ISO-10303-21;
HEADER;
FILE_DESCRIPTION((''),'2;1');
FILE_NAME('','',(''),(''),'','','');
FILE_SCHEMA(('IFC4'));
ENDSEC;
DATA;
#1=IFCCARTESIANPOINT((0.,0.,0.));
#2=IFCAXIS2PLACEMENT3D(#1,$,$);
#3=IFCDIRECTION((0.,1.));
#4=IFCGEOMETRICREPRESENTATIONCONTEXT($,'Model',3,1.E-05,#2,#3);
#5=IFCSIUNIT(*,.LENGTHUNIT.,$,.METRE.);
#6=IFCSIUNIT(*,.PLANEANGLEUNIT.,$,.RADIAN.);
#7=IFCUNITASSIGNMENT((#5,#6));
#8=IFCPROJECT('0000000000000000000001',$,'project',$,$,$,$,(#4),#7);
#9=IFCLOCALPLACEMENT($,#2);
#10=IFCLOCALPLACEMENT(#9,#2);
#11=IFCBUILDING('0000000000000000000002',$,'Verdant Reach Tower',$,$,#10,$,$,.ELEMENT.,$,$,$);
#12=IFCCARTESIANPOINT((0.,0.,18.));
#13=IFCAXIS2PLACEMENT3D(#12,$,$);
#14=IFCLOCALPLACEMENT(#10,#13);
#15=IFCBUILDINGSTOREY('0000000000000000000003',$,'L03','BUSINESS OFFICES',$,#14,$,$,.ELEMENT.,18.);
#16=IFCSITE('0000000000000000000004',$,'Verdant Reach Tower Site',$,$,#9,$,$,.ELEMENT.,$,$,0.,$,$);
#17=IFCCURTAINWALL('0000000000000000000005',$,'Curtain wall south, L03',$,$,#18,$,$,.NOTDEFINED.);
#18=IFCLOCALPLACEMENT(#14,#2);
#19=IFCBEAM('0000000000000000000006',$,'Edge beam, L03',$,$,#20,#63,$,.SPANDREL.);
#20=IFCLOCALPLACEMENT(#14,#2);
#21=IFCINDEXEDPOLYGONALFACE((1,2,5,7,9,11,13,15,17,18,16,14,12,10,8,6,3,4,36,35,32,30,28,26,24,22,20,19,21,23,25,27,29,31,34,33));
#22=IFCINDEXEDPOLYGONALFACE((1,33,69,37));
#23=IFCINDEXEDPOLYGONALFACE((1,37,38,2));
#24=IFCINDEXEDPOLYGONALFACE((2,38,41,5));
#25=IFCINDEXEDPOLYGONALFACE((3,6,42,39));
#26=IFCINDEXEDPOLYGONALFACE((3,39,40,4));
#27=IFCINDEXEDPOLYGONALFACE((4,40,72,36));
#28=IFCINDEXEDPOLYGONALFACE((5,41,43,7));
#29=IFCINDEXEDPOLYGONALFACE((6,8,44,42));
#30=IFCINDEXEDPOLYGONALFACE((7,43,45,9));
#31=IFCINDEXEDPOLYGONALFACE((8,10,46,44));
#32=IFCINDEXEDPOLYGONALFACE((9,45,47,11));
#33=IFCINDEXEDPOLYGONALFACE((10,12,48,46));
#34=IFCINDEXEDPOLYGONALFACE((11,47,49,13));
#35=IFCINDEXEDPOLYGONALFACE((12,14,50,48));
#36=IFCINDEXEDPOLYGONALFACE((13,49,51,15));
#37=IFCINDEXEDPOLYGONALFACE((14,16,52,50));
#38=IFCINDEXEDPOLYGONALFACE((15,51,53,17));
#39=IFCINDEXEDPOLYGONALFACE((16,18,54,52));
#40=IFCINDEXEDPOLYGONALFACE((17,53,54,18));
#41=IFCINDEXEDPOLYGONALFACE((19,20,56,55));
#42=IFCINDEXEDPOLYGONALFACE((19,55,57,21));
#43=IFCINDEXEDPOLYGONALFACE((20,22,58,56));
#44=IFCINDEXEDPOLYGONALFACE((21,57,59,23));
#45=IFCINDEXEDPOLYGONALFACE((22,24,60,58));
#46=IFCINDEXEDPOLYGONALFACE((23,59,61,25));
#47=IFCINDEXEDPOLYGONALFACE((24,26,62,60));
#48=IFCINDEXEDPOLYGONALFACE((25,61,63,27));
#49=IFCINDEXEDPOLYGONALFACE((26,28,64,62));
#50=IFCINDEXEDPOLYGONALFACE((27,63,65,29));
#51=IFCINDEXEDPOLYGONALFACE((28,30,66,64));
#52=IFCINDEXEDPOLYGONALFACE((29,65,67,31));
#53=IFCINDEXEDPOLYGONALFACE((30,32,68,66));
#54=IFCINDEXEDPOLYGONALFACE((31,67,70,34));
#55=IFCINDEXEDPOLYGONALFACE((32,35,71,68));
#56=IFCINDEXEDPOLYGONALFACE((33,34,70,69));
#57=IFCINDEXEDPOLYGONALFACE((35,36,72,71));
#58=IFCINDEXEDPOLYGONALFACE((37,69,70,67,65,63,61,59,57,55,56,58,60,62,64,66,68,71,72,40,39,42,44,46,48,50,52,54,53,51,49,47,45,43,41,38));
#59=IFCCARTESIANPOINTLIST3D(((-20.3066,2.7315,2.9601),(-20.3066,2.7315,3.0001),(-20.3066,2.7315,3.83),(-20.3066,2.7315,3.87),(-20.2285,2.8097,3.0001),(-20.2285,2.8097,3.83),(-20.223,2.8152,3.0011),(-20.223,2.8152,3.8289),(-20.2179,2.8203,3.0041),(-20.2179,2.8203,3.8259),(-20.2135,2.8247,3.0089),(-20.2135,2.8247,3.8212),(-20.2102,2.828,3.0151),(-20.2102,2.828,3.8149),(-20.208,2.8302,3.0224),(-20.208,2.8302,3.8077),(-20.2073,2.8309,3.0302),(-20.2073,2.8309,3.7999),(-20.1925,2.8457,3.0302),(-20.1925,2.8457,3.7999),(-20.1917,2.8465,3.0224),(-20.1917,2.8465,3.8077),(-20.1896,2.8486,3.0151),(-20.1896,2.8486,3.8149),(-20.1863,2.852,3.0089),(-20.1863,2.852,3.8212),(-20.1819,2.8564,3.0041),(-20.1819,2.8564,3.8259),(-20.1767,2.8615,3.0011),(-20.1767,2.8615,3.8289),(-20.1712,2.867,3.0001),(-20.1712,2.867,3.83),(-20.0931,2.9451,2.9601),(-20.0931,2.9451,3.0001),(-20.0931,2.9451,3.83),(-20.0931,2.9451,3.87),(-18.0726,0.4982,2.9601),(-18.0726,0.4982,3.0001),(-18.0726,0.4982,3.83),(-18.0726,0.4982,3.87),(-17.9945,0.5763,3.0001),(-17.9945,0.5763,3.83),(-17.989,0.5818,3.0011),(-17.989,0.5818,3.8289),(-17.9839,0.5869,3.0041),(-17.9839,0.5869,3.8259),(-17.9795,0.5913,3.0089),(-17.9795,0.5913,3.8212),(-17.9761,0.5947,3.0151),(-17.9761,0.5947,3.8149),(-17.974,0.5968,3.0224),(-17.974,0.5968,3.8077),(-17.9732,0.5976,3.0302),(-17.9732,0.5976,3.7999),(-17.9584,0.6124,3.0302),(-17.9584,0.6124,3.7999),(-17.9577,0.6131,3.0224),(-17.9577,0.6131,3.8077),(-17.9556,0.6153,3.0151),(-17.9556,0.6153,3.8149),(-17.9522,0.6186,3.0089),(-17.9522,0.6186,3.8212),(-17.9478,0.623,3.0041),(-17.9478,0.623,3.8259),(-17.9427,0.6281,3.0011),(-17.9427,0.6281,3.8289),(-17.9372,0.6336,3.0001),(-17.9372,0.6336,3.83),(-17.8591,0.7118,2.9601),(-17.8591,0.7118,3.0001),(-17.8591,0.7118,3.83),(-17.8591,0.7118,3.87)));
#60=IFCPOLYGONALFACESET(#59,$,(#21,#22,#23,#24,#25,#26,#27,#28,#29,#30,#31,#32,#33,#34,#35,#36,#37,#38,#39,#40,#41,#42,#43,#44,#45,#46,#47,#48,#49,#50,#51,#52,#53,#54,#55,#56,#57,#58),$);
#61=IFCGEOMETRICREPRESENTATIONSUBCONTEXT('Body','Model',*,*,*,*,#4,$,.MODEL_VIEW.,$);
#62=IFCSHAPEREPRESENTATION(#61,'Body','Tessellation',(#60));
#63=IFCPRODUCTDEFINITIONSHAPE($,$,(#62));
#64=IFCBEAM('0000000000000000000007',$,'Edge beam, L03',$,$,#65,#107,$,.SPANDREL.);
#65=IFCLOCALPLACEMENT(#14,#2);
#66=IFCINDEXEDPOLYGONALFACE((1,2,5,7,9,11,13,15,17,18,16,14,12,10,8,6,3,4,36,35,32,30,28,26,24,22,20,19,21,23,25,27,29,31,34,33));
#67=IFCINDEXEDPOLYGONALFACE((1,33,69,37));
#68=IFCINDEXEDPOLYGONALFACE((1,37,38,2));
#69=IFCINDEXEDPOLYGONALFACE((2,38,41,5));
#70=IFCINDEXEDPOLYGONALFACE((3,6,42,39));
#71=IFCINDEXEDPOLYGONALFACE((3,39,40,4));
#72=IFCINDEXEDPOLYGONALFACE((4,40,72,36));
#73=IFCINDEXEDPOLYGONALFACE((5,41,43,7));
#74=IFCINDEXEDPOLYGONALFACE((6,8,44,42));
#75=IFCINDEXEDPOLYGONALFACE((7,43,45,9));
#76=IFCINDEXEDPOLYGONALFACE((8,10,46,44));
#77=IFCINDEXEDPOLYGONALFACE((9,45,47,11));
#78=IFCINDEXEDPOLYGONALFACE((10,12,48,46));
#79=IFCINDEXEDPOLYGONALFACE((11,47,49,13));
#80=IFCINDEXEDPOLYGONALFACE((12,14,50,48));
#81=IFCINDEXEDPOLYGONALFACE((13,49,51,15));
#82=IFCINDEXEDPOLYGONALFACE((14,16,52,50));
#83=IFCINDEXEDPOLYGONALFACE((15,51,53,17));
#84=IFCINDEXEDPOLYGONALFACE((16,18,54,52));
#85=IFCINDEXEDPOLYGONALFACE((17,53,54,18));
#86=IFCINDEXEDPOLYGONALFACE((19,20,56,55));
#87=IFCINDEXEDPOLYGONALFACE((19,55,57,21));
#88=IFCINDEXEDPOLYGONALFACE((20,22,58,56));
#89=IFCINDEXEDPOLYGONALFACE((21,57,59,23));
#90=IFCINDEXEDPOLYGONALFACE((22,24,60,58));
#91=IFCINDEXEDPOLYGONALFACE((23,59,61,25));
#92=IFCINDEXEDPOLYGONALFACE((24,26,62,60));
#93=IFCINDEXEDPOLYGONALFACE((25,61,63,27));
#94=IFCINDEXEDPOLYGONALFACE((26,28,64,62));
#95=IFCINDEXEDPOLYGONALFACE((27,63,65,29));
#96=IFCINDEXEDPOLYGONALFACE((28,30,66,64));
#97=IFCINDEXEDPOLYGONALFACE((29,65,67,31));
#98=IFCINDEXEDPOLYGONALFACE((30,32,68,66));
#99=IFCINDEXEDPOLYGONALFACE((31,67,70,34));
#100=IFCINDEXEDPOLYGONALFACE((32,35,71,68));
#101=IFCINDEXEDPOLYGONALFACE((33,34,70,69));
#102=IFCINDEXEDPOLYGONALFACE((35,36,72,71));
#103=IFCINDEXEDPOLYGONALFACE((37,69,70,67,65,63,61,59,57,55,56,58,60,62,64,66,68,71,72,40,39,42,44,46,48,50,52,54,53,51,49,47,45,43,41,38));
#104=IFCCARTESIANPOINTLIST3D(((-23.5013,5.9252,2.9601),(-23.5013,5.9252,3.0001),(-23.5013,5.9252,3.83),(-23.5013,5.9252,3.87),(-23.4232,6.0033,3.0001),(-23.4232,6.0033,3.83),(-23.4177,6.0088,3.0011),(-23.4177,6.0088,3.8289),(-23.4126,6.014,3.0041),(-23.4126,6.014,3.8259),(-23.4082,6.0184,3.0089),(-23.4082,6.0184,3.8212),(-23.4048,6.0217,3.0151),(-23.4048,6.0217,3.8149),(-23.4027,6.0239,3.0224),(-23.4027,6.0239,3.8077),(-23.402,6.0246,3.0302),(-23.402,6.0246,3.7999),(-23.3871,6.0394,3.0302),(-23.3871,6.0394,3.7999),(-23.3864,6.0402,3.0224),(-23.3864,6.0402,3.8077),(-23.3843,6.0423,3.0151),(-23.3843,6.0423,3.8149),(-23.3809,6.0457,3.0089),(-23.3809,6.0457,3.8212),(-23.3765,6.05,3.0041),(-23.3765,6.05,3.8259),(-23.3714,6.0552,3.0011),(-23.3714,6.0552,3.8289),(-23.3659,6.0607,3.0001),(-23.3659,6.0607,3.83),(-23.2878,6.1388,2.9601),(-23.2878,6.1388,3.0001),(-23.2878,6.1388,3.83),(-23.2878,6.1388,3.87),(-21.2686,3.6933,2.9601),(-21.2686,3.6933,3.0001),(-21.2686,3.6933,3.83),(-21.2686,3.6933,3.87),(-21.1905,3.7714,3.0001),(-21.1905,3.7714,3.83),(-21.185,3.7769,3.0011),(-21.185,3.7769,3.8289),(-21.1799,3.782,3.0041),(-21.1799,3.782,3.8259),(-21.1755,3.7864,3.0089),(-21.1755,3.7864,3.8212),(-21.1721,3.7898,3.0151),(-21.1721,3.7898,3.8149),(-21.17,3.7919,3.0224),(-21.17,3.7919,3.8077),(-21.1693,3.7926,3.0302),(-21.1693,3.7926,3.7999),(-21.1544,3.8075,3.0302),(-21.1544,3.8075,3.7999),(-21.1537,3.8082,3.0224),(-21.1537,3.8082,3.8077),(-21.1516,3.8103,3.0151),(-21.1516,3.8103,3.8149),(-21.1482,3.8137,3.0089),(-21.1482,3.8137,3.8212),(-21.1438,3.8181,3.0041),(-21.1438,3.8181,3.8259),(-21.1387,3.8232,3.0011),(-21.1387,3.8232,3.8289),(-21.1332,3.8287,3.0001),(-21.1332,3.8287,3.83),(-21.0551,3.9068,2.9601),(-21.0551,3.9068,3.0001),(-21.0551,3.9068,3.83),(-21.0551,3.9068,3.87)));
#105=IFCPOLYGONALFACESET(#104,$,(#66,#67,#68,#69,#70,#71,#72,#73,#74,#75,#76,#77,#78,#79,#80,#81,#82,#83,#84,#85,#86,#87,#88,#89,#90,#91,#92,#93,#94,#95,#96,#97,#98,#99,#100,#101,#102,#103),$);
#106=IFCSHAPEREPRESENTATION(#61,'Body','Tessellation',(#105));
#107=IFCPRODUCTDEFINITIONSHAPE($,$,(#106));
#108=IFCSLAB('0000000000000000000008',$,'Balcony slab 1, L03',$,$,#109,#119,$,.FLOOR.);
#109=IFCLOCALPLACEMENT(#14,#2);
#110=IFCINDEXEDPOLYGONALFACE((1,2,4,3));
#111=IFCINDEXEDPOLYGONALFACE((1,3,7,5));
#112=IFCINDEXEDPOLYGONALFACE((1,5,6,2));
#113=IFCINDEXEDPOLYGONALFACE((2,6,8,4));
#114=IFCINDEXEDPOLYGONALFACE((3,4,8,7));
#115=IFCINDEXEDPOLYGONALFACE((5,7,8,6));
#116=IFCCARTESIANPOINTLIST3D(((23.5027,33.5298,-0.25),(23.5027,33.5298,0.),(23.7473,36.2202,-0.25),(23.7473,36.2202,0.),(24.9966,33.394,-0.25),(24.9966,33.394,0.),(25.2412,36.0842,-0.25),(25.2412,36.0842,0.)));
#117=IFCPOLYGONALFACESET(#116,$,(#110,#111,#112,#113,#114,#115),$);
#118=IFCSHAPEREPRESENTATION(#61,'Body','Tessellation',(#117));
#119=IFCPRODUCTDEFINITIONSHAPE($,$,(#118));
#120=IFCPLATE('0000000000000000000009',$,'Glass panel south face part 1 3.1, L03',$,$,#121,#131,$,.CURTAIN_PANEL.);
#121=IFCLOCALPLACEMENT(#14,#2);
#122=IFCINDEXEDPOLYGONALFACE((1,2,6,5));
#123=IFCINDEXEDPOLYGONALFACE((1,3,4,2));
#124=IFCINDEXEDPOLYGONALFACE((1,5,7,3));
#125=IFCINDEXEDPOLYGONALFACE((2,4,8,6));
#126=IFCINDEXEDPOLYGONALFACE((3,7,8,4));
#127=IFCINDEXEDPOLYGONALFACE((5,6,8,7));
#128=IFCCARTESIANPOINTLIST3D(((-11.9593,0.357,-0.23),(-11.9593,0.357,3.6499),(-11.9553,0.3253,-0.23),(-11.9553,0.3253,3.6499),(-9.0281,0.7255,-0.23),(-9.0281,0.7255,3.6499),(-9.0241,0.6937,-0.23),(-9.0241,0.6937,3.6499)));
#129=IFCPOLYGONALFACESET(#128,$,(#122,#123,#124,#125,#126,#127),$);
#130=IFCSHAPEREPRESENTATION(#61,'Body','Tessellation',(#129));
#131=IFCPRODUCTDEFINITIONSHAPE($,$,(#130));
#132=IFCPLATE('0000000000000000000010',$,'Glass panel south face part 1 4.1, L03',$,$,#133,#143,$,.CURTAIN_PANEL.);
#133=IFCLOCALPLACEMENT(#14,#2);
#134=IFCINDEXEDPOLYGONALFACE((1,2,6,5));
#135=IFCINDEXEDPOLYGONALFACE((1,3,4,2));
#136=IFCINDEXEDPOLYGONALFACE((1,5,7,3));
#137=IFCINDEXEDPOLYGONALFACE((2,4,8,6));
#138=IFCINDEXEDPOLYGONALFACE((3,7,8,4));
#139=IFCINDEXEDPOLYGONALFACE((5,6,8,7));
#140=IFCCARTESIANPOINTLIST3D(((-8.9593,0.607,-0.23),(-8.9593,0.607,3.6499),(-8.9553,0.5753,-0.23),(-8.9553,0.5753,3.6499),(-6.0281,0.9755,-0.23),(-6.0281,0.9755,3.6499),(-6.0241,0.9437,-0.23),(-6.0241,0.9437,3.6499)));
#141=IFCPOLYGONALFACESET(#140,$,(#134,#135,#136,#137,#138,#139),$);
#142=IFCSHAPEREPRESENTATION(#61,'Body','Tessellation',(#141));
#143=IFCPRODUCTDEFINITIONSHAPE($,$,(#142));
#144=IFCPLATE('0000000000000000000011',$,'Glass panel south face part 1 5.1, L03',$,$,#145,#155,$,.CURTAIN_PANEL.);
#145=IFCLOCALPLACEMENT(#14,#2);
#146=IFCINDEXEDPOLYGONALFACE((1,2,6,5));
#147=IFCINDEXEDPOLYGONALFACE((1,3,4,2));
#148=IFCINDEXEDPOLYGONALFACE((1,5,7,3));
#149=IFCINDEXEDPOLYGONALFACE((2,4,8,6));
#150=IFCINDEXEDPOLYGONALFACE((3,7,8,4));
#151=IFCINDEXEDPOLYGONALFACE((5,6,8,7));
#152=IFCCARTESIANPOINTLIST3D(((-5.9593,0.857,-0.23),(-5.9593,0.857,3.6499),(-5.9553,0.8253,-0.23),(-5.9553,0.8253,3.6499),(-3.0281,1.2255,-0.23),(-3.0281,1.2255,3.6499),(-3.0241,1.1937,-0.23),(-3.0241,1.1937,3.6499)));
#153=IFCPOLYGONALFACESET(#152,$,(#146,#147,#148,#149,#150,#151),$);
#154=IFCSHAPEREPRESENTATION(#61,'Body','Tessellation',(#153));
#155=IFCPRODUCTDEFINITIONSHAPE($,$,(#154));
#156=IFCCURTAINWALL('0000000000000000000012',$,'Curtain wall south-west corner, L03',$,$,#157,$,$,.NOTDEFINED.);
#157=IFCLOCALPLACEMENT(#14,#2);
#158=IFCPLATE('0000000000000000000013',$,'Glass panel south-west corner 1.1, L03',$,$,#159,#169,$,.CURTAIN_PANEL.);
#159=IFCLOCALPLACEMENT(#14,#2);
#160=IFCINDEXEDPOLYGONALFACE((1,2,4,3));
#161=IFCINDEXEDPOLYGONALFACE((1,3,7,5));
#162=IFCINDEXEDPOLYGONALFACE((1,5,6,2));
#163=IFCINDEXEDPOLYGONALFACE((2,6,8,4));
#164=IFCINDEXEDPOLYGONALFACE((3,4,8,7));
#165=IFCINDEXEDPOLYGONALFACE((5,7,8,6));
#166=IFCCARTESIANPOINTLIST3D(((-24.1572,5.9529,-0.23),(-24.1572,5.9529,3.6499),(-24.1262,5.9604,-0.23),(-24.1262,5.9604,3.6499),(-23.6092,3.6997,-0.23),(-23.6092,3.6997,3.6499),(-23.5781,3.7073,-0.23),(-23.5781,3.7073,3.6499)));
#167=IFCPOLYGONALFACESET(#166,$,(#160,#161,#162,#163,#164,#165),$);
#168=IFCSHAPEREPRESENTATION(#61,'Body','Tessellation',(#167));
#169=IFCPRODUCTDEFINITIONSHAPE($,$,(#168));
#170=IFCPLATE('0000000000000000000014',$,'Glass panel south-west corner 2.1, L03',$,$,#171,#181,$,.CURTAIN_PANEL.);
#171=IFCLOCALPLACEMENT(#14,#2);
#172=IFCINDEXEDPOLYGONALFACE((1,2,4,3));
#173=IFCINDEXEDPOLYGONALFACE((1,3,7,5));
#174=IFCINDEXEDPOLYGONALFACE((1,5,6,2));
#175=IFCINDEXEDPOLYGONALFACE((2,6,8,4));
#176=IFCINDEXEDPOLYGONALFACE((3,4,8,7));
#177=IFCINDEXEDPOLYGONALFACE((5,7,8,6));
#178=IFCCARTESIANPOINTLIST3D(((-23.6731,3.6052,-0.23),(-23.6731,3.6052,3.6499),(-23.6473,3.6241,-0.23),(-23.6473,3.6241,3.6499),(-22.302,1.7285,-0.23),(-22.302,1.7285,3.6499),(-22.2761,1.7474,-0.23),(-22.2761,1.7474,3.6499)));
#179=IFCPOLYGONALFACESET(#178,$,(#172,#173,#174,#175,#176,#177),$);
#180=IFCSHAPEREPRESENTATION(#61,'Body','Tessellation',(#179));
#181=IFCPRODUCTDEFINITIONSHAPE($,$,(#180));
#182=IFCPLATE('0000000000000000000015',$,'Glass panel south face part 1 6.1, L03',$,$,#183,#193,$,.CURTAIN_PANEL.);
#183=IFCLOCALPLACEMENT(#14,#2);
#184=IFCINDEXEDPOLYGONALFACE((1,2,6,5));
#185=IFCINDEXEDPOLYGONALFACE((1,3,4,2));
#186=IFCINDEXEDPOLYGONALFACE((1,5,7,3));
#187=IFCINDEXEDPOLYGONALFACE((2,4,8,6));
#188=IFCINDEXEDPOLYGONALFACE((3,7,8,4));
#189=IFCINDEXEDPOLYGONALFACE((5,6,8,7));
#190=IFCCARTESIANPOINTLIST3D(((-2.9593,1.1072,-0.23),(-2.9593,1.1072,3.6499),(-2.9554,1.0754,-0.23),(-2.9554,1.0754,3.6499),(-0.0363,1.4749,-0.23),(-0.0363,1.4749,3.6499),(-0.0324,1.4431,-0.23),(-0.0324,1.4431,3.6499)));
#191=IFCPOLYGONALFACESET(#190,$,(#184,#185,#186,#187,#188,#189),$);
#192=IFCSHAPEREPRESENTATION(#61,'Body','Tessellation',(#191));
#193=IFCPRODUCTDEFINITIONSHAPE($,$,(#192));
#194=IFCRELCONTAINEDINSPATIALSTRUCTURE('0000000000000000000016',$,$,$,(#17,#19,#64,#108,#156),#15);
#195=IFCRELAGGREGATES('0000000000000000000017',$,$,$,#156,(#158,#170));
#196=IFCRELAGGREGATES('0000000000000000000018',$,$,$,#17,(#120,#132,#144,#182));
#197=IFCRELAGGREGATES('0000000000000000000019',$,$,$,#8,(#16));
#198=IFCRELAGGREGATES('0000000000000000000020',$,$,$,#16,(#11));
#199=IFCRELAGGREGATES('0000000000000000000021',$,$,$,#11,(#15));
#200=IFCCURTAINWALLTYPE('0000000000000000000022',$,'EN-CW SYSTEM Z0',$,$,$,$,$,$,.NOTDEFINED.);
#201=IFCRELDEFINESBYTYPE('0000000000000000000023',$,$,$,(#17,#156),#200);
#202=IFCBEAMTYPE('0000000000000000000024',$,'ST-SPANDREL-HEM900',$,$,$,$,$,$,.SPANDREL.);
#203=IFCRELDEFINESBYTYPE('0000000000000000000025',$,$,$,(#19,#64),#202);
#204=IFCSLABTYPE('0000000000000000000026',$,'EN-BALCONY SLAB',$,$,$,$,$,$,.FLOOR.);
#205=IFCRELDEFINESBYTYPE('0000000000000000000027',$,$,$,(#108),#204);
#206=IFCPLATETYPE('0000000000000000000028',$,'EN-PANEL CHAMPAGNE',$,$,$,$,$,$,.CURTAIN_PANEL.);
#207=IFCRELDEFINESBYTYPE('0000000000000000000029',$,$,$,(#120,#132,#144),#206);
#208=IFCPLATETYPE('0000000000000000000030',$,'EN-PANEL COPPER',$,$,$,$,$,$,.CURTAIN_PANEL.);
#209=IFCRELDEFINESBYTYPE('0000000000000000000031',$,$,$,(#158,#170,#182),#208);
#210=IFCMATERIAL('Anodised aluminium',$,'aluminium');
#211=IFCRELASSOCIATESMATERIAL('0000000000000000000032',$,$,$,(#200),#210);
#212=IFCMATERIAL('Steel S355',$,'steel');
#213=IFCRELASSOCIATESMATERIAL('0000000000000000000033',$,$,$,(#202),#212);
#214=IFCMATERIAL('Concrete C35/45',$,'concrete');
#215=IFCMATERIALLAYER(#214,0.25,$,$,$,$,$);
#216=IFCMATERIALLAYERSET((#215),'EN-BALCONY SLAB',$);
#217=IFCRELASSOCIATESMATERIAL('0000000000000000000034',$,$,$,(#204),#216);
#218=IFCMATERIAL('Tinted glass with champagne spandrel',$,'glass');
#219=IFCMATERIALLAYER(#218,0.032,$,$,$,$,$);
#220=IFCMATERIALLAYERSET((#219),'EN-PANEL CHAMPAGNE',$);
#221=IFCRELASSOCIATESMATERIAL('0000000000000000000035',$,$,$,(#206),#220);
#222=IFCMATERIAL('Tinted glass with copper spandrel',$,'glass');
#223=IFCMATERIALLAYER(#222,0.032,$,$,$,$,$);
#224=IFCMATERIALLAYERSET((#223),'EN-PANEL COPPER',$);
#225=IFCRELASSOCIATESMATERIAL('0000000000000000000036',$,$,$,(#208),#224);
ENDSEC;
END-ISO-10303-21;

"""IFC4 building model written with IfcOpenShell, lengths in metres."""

from ifc_helpers import new_model, si_unit, direction, frame, origin, origin_2d, place, context, subcontext, project, spatial, polyline, rectangle, i_section, outline, extrude, material, layer, layer_set, material_profile, profile_set, type_object, element, aggregate, save


model = new_model("IFC4")

# Units and contexts
model_context = context("Model", 3, precision=1e-05, world=origin(), true_north=direction((0.0, 1.0)))
body_context = subcontext(model_context, "Body", "Model", "MODEL_VIEW")
ifc_project = project(units=[si_unit("LENGTHUNIT", "METRE"), si_unit("PLANEANGLEUNIT", "RADIAN")], contexts=[model_context])

# Site, building, storey
site_placement = place(None, origin())
site = spatial("IfcSite", under=ifc_project, at=site_placement, Name="Verdant Reach Tower Site", CompositionType="ELEMENT", RefElevation=0.0)
building_placement = place(site_placement, origin())
building = spatial("IfcBuilding", under=site, at=building_placement, Name="Verdant Reach Tower", CompositionType="ELEMENT")
storey_placement = place(building_placement, frame((0.0, 0.0, 18.0)))
storey = spatial("IfcBuildingStorey", under=building, at=storey_placement, Name="L03", Description="BUSINESS OFFICES", CompositionType="ELEMENT", Elevation=18.0)

# Curtain wall
ifc_material_1 = material(Name="Anodised aluminium", Category="aluminium")
curtain_wall_type = type_object("IfcCurtainWallType", Name="EN-CW SYSTEM Z0", PredefinedType="NOTDEFINED", material=ifc_material_1)
curtain_wall_1_placement = place(storey_placement, origin())
curtain_wall_1 = element("IfcCurtainWall", 1, at=curtain_wall_1_placement, inside=storey, type_object=curtain_wall_type, Name="Curtain wall south, L03", PredefinedType="NOTDEFINED")

# Beams
ifc_material_2 = material(Name="Steel S355", Category="steel")
ifc_material_profile_1 = material_profile(ifc_material_2, i_section(OverallWidth=0.302, OverallDepth=0.9099, WebThickness=0.021, FlangeThickness=0.04, FilletRadius=0.03, at=origin_2d()), Name="HEM 900")
ifc_profile_set_1 = profile_set([ifc_material_profile_1], Name="Steel S355")
beam_type_1 = type_object("IfcBeamType", Name="ST-SPANDREL-HEM900", PredefinedType="SPANDREL", material=ifc_profile_set_1)
beam_1_placement = place(storey_placement, frame((-17.9658, 0.605, 3.415), z_axis=(-0.707223, 0.706991, 0.0), x_axis=(-0.706991, -0.707223, 0.0)))
element("IfcBeam", 2, at=beam_1_placement, inside=storey, type_object=beam_type_1, Name="Edge beam, L03", PredefinedType="SPANDREL", context=body_context, shape_type="SweptSolid", body=[
    extrude(i_section(OverallWidth=0.302, OverallDepth=0.9099, WebThickness=0.021, FlangeThickness=0.04, FilletRadius=0.03, at=origin_2d()), origin(), (0.0, 0.0, 1.0), 3.1589),
])
beam_2_placement = place(storey_placement, frame((-21.1619, 3.8, 3.415), z_axis=(-0.707223, 0.706991, 0.0), x_axis=(-0.706991, -0.707223, 0.0)))
element("IfcBeam", 3, at=beam_2_placement, inside=storey, type_object=beam_type_1, Name="Edge beam, L03", PredefinedType="SPANDREL", context=body_context, shape_type="SweptSolid", body=[
    extrude(i_section(OverallWidth=0.302, OverallDepth=0.9099, WebThickness=0.021, FlangeThickness=0.04, FilletRadius=0.03, at=origin_2d()), origin(), (0.0, 0.0, 1.0), 3.157),
])

# Slab
ifc_material_3 = material(Name="Concrete C35/45", Category="concrete")
ifc_layer_1 = layer(ifc_material_3, 0.25)
ifc_layer_set_1 = layer_set([ifc_layer_1], Name="EN-BALCONY SLAB")
slab_type_1 = type_object("IfcSlabType", Name="EN-BALCONY SLAB", PredefinedType="FLOOR", material=ifc_layer_set_1)
slab_1_placement = place(storey_placement, frame((0.0, 0.0, -0.25)))
element("IfcSlab", 4, at=slab_1_placement, inside=storey, type_object=slab_type_1, Name="Balcony slab 1, L03", PredefinedType="FLOOR", context=body_context, shape_type="SweptSolid", body=[
    extrude(outline(polyline([(23.5027, 33.5298), (23.7473, 36.2202), (25.2412, 36.0842), (24.9966, 33.394), (23.5027, 33.5298)])), origin(), (0.0, 0.0, 1.0), 0.25),
])

# Plates
ifc_material_4 = material(Name="Tinted glass with champagne spandrel", Category="glass")
ifc_layer_2 = layer(ifc_material_4, 0.032)
ifc_layer_set_2 = layer_set([ifc_layer_2], Name="EN-PANEL CHAMPAGNE")
plate_type_1 = type_object("IfcPlateType", Name="EN-PANEL CHAMPAGNE", PredefinedType="CURTAIN_PANEL", material=ifc_layer_set_2)
plate_1_placement = place(storey_placement, frame((-10.4917, 0.5254, -0.23), z_axis=(0.0, 0.0, 1.0), x_axis=(0.992194, 0.124704, 0.0)))
plate_1 = element("IfcPlate", 5, at=plate_1_placement, type_object=plate_type_1, Name="Glass panel south face part 1 3.1, L03", PredefinedType="CURTAIN_PANEL", context=body_context, shape_type="SweptSolid", body=[
    extrude(rectangle(XDim=2.9543, YDim=0.032, at=origin_2d()), origin(), (0.0, 0.0, 1.0), 3.8799),
])
plate_2_placement = place(storey_placement, frame((-7.4917, 0.7754, -0.23), z_axis=(0.0, 0.0, 1.0), x_axis=(0.992194, 0.124704, 0.0)))
plate_2 = element("IfcPlate", 6, at=plate_2_placement, type_object=plate_type_1, Name="Glass panel south face part 1 4.1, L03", PredefinedType="CURTAIN_PANEL", context=body_context, shape_type="SweptSolid", body=[
    extrude(rectangle(XDim=2.9543, YDim=0.032, at=origin_2d()), origin(), (0.0, 0.0, 1.0), 3.8799),
])
plate_3_placement = place(storey_placement, frame((-4.4917, 1.0254, -0.23), z_axis=(0.0, 0.0, 1.0), x_axis=(0.992194, 0.124704, 0.0)))
plate_3 = element("IfcPlate", 7, at=plate_3_placement, type_object=plate_type_1, Name="Glass panel south face part 1 5.1, L03", PredefinedType="CURTAIN_PANEL", context=body_context, shape_type="SweptSolid", body=[
    extrude(rectangle(XDim=2.9543, YDim=0.032, at=origin_2d()), origin(), (0.0, 0.0, 1.0), 3.8799),
])

# Curtain wall, plates
curtain_wall_2_placement = place(storey_placement, origin())
curtain_wall_2 = element("IfcCurtainWall", 8, at=curtain_wall_2_placement, inside=storey, type_object=curtain_wall_type, Name="Curtain wall south-west corner, L03", PredefinedType="NOTDEFINED")
ifc_material_5 = material(Name="Tinted glass with copper spandrel", Category="glass")
ifc_layer_3 = layer(ifc_material_5, 0.032)
ifc_layer_set_3 = layer_set([ifc_layer_3], Name="EN-PANEL COPPER")
plate_type_2 = type_object("IfcPlateType", Name="EN-PANEL COPPER", PredefinedType="CURTAIN_PANEL", material=ifc_layer_set_3)
plate_4_placement = place(storey_placement, frame((-23.8677, 4.8301, -0.23), z_axis=(0.0, 0.0, 1.0), x_axis=(0.236347, -0.971669, 0.0)))
plate_4 = element("IfcPlate", 9, at=plate_4_placement, type_object=plate_type_2, Name="Glass panel south-west corner 1.1, L03", PredefinedType="CURTAIN_PANEL", context=body_context, shape_type="SweptSolid", body=[
    extrude(rectangle(XDim=2.3188, YDim=0.032, at=origin_2d()), origin(), (0.0, 0.0, 1.0), 3.8799),
])
plate_5_placement = place(storey_placement, frame((-22.9746, 2.6763, -0.23), z_axis=(0.0, 0.0, 1.0), x_axis=(0.589927, -0.807457, 0.0)))
plate_5 = element("IfcPlate", 10, at=plate_5_placement, type_object=plate_type_2, Name="Glass panel south-west corner 2.1, L03", PredefinedType="CURTAIN_PANEL", context=body_context, shape_type="SweptSolid", body=[
    extrude(rectangle(XDim=2.3242, YDim=0.032, at=origin_2d()), origin(), (0.0, 0.0, 1.0), 3.8799),
])

# Plate
plate_6_placement = place(storey_placement, frame((-1.4958, 1.2751, -0.23), z_axis=(0.0, 0.0, 1.0), x_axis=(0.99218, 0.124818, 0.0)))
plate_6 = element("IfcPlate", 11, at=plate_6_placement, type_object=plate_type_2, Name="Glass panel south face part 1 6.1, L03", PredefinedType="CURTAIN_PANEL", context=body_context, shape_type="SweptSolid", body=[
    extrude(rectangle(XDim=2.946, YDim=0.032, at=origin_2d()), origin(), (0.0, 0.0, 1.0), 3.8799),
])

aggregate(curtain_wall_2, [plate_4, plate_5])
aggregate(curtain_wall_1, [plate_1, plate_2, plate_3, plate_6])

save(model, "model.ifc")
